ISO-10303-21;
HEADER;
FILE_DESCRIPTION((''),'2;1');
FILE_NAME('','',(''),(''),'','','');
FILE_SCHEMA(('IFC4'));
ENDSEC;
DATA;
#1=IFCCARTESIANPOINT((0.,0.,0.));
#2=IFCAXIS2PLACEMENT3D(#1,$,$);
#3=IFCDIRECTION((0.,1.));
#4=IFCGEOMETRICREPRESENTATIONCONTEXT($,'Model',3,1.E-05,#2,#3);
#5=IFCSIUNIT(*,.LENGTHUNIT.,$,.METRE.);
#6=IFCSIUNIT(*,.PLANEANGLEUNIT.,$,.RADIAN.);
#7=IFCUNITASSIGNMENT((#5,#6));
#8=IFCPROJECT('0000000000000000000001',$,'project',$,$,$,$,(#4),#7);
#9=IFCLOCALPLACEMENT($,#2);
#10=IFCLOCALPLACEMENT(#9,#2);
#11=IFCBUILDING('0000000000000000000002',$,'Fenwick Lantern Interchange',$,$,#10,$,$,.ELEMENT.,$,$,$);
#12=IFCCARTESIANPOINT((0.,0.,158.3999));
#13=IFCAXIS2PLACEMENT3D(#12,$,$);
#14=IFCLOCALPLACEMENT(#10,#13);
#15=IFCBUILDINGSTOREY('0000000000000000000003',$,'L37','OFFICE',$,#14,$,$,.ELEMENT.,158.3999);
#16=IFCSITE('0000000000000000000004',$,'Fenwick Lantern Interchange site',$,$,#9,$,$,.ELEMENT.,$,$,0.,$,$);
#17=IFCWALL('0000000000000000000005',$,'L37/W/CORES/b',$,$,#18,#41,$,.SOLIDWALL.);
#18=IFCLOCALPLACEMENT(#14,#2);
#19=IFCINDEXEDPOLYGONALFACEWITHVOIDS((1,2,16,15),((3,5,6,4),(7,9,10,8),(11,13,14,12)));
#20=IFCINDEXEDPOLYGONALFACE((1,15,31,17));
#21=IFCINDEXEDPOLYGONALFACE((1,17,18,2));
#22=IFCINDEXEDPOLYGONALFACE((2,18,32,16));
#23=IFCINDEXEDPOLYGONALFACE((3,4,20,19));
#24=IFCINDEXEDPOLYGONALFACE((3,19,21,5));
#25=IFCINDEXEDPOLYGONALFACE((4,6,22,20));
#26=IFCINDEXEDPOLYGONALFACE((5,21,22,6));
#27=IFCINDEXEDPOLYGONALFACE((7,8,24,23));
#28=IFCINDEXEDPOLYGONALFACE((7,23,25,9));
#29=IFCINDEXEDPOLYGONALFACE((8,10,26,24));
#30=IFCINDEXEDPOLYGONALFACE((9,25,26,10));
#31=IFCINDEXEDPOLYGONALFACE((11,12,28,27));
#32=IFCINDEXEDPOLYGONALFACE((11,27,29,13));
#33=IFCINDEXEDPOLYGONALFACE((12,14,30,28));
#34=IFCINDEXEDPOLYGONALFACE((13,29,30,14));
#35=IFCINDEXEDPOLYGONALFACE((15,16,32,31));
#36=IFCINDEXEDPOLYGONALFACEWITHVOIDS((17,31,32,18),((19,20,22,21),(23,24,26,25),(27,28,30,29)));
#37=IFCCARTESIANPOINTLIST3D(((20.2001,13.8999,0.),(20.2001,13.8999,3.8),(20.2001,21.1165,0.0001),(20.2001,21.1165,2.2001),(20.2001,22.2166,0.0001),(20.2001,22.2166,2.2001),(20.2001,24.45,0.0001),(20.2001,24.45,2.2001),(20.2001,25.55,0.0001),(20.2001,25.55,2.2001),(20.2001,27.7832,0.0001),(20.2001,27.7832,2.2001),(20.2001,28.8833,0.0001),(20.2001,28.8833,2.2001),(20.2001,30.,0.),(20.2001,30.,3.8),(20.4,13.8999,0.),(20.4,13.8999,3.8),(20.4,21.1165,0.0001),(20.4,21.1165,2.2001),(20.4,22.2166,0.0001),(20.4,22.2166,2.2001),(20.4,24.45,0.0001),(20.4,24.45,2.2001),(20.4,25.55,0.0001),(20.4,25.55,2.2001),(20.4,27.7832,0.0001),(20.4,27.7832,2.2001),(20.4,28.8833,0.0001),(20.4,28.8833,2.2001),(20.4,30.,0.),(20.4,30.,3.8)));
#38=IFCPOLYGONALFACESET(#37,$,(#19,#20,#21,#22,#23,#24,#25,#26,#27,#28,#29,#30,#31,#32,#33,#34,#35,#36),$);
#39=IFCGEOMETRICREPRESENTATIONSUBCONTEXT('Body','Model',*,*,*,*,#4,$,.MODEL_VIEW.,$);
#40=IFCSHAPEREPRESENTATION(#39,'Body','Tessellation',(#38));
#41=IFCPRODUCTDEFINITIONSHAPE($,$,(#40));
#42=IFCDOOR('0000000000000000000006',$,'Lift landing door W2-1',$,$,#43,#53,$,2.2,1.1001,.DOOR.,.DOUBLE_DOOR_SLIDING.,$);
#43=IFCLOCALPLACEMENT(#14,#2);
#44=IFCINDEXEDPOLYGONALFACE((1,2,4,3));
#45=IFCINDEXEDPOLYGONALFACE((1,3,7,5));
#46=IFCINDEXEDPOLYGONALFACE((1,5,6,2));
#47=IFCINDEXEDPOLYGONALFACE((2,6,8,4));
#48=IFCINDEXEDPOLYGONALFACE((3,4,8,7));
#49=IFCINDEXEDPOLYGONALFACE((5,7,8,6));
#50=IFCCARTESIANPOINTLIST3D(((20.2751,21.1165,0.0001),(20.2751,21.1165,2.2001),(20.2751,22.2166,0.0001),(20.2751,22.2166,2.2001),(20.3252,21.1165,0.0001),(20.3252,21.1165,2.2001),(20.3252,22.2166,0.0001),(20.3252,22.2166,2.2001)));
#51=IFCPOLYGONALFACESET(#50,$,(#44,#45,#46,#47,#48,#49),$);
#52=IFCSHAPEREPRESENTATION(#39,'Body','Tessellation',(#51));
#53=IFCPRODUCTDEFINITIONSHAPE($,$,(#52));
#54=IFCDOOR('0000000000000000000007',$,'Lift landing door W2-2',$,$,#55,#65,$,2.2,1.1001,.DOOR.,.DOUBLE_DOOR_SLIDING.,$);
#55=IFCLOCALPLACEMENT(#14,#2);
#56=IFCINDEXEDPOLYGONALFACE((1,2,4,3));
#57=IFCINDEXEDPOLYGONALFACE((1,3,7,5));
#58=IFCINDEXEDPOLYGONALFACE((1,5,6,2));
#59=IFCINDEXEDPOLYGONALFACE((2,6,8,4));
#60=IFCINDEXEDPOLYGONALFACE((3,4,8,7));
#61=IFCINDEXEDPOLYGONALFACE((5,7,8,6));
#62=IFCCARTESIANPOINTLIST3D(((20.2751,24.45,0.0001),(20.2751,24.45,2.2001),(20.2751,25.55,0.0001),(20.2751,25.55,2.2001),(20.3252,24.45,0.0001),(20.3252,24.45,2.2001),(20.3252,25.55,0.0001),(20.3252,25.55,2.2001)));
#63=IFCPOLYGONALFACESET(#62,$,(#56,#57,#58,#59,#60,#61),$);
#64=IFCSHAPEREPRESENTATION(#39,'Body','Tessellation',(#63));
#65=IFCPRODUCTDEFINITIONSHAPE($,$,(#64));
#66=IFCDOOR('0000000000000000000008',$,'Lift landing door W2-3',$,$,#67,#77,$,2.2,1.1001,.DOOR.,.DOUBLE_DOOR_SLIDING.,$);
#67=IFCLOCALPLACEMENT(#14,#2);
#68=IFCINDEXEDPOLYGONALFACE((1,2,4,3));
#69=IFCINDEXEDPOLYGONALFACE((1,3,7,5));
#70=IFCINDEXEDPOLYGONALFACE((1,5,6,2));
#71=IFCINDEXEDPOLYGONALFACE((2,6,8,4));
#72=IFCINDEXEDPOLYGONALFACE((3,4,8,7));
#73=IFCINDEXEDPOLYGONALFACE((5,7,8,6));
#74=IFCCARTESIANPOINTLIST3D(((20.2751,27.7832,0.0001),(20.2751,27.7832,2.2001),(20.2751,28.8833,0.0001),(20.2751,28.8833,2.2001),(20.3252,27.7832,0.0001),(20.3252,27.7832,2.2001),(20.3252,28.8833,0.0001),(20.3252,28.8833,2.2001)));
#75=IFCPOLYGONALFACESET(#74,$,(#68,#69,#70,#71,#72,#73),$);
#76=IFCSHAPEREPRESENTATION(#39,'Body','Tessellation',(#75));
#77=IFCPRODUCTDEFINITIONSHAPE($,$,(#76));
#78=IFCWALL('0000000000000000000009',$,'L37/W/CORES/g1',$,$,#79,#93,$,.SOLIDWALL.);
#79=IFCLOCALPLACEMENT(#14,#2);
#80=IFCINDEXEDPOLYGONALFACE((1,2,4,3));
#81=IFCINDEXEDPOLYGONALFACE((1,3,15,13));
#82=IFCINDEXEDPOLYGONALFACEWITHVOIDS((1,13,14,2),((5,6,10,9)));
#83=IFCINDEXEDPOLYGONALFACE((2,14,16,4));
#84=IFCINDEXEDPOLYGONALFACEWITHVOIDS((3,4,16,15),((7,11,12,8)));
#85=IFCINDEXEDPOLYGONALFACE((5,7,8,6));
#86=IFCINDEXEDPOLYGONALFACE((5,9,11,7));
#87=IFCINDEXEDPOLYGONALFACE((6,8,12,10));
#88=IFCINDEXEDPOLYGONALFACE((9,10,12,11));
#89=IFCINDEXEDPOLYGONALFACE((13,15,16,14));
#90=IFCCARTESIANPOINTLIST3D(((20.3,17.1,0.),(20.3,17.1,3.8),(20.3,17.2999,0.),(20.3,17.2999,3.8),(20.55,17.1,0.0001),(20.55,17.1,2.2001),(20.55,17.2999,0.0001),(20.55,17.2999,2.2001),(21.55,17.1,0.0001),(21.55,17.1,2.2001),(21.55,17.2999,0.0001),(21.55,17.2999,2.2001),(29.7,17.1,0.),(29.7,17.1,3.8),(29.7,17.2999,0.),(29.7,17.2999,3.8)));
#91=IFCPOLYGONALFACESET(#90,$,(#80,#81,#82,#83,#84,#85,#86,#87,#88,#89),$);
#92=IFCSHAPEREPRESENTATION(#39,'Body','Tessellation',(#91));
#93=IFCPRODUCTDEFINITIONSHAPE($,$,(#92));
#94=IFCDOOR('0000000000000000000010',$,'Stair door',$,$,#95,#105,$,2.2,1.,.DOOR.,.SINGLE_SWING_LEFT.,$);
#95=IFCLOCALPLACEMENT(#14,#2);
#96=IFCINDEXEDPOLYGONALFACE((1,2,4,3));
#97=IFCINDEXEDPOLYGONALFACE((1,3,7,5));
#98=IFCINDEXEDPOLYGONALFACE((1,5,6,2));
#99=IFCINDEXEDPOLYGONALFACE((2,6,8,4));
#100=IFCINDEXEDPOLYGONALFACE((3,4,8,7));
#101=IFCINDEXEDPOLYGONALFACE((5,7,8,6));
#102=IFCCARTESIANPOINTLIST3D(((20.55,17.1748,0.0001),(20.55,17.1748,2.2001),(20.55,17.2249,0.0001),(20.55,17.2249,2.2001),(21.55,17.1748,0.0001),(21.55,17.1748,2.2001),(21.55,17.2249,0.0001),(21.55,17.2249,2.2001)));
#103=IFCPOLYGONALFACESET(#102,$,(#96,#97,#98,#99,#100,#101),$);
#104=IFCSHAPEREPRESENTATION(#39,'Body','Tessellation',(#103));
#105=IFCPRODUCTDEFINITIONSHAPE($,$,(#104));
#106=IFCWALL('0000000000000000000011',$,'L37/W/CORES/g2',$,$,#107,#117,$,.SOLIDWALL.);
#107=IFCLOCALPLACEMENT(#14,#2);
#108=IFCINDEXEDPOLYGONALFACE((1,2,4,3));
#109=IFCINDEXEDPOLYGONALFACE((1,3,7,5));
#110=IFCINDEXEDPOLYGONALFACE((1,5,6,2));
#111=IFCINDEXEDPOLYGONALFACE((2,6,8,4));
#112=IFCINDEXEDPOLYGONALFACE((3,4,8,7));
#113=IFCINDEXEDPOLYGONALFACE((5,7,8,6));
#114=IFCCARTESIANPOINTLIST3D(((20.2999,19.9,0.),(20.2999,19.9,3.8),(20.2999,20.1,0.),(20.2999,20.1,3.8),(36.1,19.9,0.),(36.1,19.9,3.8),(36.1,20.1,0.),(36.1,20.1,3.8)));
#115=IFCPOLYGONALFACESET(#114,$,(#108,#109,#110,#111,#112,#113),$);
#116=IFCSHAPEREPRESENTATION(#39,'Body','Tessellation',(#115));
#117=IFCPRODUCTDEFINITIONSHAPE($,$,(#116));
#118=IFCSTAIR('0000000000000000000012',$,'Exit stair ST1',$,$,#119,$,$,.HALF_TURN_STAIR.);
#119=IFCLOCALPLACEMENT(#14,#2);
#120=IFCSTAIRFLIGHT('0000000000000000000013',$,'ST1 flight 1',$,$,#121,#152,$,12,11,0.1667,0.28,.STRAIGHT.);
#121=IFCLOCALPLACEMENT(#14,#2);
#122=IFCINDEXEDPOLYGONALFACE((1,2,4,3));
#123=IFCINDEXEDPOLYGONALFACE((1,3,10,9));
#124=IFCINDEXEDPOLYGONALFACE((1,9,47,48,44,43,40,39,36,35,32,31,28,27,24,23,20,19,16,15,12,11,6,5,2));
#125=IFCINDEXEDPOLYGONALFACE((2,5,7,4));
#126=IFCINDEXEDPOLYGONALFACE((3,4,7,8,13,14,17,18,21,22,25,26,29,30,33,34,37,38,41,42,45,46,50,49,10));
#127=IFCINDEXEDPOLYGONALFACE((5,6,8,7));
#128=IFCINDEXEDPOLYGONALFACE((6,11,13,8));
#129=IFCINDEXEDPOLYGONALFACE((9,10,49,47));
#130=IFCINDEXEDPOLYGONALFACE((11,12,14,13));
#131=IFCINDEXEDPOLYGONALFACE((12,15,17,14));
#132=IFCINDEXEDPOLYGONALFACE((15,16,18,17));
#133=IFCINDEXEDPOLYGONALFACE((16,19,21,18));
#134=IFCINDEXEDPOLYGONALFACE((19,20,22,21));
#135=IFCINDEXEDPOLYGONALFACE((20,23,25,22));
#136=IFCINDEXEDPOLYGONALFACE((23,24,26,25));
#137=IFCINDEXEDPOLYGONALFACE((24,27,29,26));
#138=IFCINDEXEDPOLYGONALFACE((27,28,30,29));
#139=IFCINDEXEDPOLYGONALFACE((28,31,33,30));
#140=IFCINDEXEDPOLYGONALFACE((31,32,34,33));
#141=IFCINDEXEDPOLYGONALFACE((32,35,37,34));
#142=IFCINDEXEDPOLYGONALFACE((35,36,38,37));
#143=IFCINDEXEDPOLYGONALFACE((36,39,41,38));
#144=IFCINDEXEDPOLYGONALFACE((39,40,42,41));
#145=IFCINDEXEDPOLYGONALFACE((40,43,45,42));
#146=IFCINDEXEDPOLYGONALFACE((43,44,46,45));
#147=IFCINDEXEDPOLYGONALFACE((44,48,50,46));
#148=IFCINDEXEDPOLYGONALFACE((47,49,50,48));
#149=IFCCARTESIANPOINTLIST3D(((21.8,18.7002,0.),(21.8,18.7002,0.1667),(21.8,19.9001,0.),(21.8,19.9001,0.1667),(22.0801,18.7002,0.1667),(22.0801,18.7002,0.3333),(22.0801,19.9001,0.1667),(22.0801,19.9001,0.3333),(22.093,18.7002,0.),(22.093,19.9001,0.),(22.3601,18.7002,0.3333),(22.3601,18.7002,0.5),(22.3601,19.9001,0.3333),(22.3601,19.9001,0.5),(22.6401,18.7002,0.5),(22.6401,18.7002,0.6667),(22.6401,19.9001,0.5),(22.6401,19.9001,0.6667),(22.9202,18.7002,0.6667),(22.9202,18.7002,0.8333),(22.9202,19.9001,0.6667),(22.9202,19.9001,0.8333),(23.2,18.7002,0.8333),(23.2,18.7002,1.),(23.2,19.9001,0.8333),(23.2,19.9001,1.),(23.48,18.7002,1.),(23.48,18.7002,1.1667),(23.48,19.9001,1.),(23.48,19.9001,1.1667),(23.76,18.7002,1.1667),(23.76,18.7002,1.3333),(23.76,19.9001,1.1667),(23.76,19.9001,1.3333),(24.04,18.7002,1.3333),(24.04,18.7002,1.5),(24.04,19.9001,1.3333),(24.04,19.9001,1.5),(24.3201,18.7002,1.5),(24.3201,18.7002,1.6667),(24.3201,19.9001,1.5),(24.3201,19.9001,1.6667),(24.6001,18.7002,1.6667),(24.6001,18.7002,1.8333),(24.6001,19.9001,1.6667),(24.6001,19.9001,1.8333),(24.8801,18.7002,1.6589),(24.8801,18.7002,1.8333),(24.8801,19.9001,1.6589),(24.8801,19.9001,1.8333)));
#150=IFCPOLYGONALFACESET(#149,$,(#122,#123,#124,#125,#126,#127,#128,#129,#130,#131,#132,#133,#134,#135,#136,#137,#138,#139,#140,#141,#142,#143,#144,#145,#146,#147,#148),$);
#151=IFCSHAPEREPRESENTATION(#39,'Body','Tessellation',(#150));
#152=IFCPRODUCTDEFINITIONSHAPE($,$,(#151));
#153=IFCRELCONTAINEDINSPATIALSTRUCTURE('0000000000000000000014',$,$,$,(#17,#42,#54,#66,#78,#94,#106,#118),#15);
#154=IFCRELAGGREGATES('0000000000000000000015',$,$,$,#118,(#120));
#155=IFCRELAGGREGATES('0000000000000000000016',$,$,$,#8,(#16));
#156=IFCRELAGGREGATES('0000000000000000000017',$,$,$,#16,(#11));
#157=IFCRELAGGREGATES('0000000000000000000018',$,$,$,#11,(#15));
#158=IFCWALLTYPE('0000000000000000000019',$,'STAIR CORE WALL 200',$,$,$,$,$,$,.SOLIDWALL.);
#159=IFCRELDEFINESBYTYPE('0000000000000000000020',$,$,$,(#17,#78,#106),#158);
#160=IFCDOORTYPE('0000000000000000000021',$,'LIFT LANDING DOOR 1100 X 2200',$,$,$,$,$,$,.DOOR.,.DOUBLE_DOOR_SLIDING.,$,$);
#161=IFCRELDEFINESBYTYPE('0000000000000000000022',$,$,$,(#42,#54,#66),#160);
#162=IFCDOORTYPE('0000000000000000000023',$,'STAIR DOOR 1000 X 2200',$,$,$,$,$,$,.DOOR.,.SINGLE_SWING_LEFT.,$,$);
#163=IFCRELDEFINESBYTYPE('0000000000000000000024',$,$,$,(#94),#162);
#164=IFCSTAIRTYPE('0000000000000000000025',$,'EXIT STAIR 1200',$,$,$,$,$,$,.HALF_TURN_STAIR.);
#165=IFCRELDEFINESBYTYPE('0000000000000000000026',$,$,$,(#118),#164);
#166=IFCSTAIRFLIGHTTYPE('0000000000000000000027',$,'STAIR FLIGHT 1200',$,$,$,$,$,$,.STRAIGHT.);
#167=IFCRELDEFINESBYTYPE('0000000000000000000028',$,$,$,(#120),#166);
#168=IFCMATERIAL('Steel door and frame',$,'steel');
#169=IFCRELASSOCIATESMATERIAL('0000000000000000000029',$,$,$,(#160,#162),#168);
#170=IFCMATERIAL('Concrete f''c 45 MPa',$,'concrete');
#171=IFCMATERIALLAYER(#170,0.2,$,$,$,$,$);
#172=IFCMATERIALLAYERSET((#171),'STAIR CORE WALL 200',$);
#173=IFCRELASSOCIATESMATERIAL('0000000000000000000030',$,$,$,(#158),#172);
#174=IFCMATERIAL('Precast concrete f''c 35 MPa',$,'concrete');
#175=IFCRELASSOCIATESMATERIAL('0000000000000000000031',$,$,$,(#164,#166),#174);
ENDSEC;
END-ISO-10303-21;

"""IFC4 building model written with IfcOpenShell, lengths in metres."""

from ifc_helpers import new_model, si_unit, direction, frame, frame_2d, origin, place, context, subcontext, project, spatial, polyline, rectangle, outline, extrude, material, layer, layer_set, type_object, element, fill, aggregate, save


model = new_model("IFC4")

# Units and contexts
model_context = context("Model", 3, precision=1e-05, world=origin(), true_north=direction((0.0, 1.0)))
body_context = subcontext(model_context, "Body", "Model", "MODEL_VIEW")
ifc_project = project(units=[si_unit("LENGTHUNIT", "METRE"), si_unit("PLANEANGLEUNIT", "RADIAN")], contexts=[model_context])

# Site, building, storey
site_placement = place(None, origin())
site = spatial("IfcSite", under=ifc_project, at=site_placement, Name="Fenwick Lantern Interchange site", CompositionType="ELEMENT", RefElevation=0.0)
building_placement = place(site_placement, origin())
building = spatial("IfcBuilding", under=site, at=building_placement, Name="Fenwick Lantern Interchange", CompositionType="ELEMENT")
storey_placement = place(building_placement, frame((0.0, 0.0, 158.3999)))
storey = spatial("IfcBuildingStorey", under=building, at=storey_placement, Name="L37", Description="OFFICE", CompositionType="ELEMENT", Elevation=158.3999)

# Shared definitions
ifc_material_1 = material(Name="Steel door and frame", Category="steel")

# Shared definitions
door_type_1 = type_object("IfcDoorType", Name="LIFT LANDING DOOR 1100 X 2200", OperationType="DOUBLE_DOOR_SLIDING", PredefinedType="DOOR", material=ifc_material_1)

# Wall, openings, doors
ifc_material_2 = material(Name="Concrete f'c 45 MPa", Category="concrete")
ifc_layer_1 = layer(ifc_material_2, 0.2)
ifc_layer_set_1 = layer_set([ifc_layer_1], Name="STAIR CORE WALL 200")
wall_type_1 = type_object("IfcWallType", Name="STAIR CORE WALL 200", PredefinedType="SOLIDWALL", material=ifc_layer_set_1)
wall_1_placement = place(storey_placement, frame((20.3, 13.8999, 0.0), z_axis=(0.0, 0.0, 1.0), x_axis=(0.0, 1.0, 0.0)))
wall_1 = element("IfcWall", 1, at=wall_1_placement, inside=storey, type_object=wall_type_1, Name="L37/W/CORES/b", PredefinedType="SOLIDWALL", context=body_context, shape_type="SweptSolid", body=[
    extrude(rectangle(XDim=16.1001, YDim=0.2, at=frame_2d((8.05, 0.0))), origin(), (0.0, 0.0, 1.0), 3.8),
])
opening_1_placement = place(wall_1_placement, frame((7.2166, 0.0, 0.0)))
opening_1 = element("IfcOpeningElement", 2, at=opening_1_placement, cuts=wall_1, PredefinedType="OPENING", context=body_context, shape_type="SweptSolid", body=[
    extrude(rectangle(XDim=1.1001, YDim=2.2, at=frame_2d((0.55, 1.1001))), frame((0.0, 0.1099, 0.0), z_axis=(0.0, -1.0, 0.0), x_axis=(1.0, 0.0, 0.0)), (0.0, 0.0, 1.0), 0.22),
])
opening_2_placement = place(wall_1_placement, frame((10.55, 0.0, 0.0)))
opening_2 = element("IfcOpeningElement", 3, at=opening_2_placement, cuts=wall_1, PredefinedType="OPENING", context=body_context, shape_type="SweptSolid", body=[
    extrude(rectangle(XDim=1.1001, YDim=2.2, at=frame_2d((0.55, 1.1001))), frame((0.0, 0.1099, 0.0), z_axis=(0.0, -1.0, 0.0), x_axis=(1.0, 0.0, 0.0)), (0.0, 0.0, 1.0), 0.22),
])
opening_3_placement = place(wall_1_placement, frame((13.8833, 0.0, 0.0)))
opening_3 = element("IfcOpeningElement", 4, at=opening_3_placement, cuts=wall_1, PredefinedType="OPENING", context=body_context, shape_type="SweptSolid", body=[
    extrude(rectangle(XDim=1.1001, YDim=2.2, at=frame_2d((0.55, 1.1001))), frame((0.0, 0.1099, 0.0), z_axis=(0.0, -1.0, 0.0), x_axis=(1.0, 0.0, 0.0)), (0.0, 0.0, 1.0), 0.22),
])
door_1_placement = place(opening_1_placement, origin())
door_1 = element("IfcDoor", 5, at=door_1_placement, inside=storey, type_object=door_type_1, Name="Lift landing door W2-1", OperationType="DOUBLE_DOOR_SLIDING", OverallHeight=2.2, OverallWidth=1.1001, PredefinedType="DOOR", context=body_context, shape_type="SweptSolid", body=[
    extrude(rectangle(XDim=1.1001, YDim=2.2, at=frame_2d((0.55, 1.1001))), frame((0.0, 0.0249, 0.0), z_axis=(0.0, -1.0, 0.0), x_axis=(1.0, 0.0, 0.0)), (0.0, 0.0, 1.0), 0.05),
])
fill(opening_1, door_1)
door_2_placement = place(opening_2_placement, origin())
door_2 = element("IfcDoor", 6, at=door_2_placement, inside=storey, type_object=door_type_1, Name="Lift landing door W2-2", OperationType="DOUBLE_DOOR_SLIDING", OverallHeight=2.2, OverallWidth=1.1001, PredefinedType="DOOR", context=body_context, shape_type="SweptSolid", body=[
    extrude(rectangle(XDim=1.1001, YDim=2.2, at=frame_2d((0.55, 1.1001))), frame((0.0, 0.0249, 0.0), z_axis=(0.0, -1.0, 0.0), x_axis=(1.0, 0.0, 0.0)), (0.0, 0.0, 1.0), 0.05),
])
fill(opening_2, door_2)
door_3_placement = place(opening_3_placement, origin())
door_3 = element("IfcDoor", 7, at=door_3_placement, inside=storey, type_object=door_type_1, Name="Lift landing door W2-3", OperationType="DOUBLE_DOOR_SLIDING", OverallHeight=2.2, OverallWidth=1.1001, PredefinedType="DOOR", context=body_context, shape_type="SweptSolid", body=[
    extrude(rectangle(XDim=1.1001, YDim=2.2, at=frame_2d((0.55, 1.1001))), frame((0.0, 0.0249, 0.0), z_axis=(0.0, -1.0, 0.0), x_axis=(1.0, 0.0, 0.0)), (0.0, 0.0, 1.0), 0.05),
])
fill(opening_3, door_3)

# Wall, opening, door
wall_2_placement = place(storey_placement, frame((20.3, 17.2, 0.0), z_axis=(0.0, 0.0, 1.0), x_axis=(1.0, 0.0, 0.0)))
wall_2 = element("IfcWall", 8, at=wall_2_placement, inside=storey, type_object=wall_type_1, Name="L37/W/CORES/g1", PredefinedType="SOLIDWALL", context=body_context, shape_type="SweptSolid", body=[
    extrude(rectangle(XDim=9.3999, YDim=0.2, at=frame_2d((4.7, 0.0))), origin(), (0.0, 0.0, 1.0), 3.8),
])
opening_4_placement = place(wall_2_placement, frame((0.25, 0.0, 0.0)))
opening_4 = element("IfcOpeningElement", 9, at=opening_4_placement, cuts=wall_2, PredefinedType="OPENING", context=body_context, shape_type="SweptSolid", body=[
    extrude(rectangle(XDim=1.0, YDim=2.2, at=frame_2d((0.5, 1.1001))), frame((0.0, 0.1099, 0.0), z_axis=(0.0, -1.0, 0.0), x_axis=(1.0, 0.0, 0.0)), (0.0, 0.0, 1.0), 0.22),
])
door_type_2 = type_object("IfcDoorType", Name="STAIR DOOR 1000 X 2200", OperationType="SINGLE_SWING_LEFT", PredefinedType="DOOR", material=ifc_material_1)
door_4_placement = place(opening_4_placement, origin())
door_4 = element("IfcDoor", 10, at=door_4_placement, inside=storey, type_object=door_type_2, Name="Stair door", OperationType="SINGLE_SWING_LEFT", OverallHeight=2.2, OverallWidth=1.0, PredefinedType="DOOR", context=body_context, shape_type="SweptSolid", body=[
    extrude(rectangle(XDim=1.0, YDim=2.2, at=frame_2d((0.5, 1.1001))), frame((0.0, 0.0249, 0.0), z_axis=(0.0, -1.0, 0.0), x_axis=(1.0, 0.0, 0.0)), (0.0, 0.0, 1.0), 0.05),
])
fill(opening_4, door_4)

# Wall
wall_3_placement = place(storey_placement, frame((20.3, 20.0, 0.0), z_axis=(0.0, 0.0, 1.0), x_axis=(1.0, 0.0, 0.0)))
element("IfcWall", 11, at=wall_3_placement, inside=storey, type_object=wall_type_1, Name="L37/W/CORES/g2", PredefinedType="SOLIDWALL", context=body_context, shape_type="SweptSolid", body=[
    extrude(rectangle(XDim=15.8, YDim=0.2, at=frame_2d((7.8999, 0.0))), origin(), (0.0, 0.0, 1.0), 3.8),
])

# Stair, stair flight
ifc_material_3 = material(Name="Precast concrete f'c 35 MPa", Category="concrete")
stair_type = type_object("IfcStairType", Name="EXIT STAIR 1200", PredefinedType="HALF_TURN_STAIR", material=ifc_material_3)
stair_placement = place(storey_placement, origin())
stair = element("IfcStair", 12, at=stair_placement, inside=storey, type_object=stair_type, Name="Exit stair ST1", PredefinedType="HALF_TURN_STAIR")
stair_flight_type = type_object("IfcStairFlightType", Name="STAIR FLIGHT 1200", PredefinedType="STRAIGHT", material=ifc_material_3)
stair_flight_1_placement = place(storey_placement, frame((21.8, 19.3, 0.0), z_axis=(0.0, 0.0, 1.0), x_axis=(1.0, 0.0, 0.0)))
stair_flight_1 = element("IfcStairFlight", 13, at=stair_flight_1_placement, type_object=stair_flight_type, Name="ST1 flight 1", NumberOfRisers=12, NumberOfTreads=11, PredefinedType="STRAIGHT", RiserHeight=0.1667, TreadLength=0.28, context=body_context, shape_type="SweptSolid", body=[
    extrude(outline(polyline([(0.0, 0.0), (0.0, 0.1667), (0.28, 0.1667), (0.28, 0.3333), (0.5601, 0.3333), (0.5601, 0.5), (0.8401, 0.5), (0.8401, 0.6667), (1.1201, 0.6667), (1.1201, 0.8333), (1.3999, 0.8333), (1.3999, 1.0), (1.6799, 1.0), (1.6799, 1.1667), (1.96, 1.1667), (1.96, 1.3333), (2.24, 1.3333), (2.24, 1.5), (2.52, 1.5), (2.52, 1.6667), (2.8, 1.6667), (2.8, 1.8333), (3.0801, 1.8333), (3.0801, 2.0), (3.0801, 1.6589), (0.293, 0.0), (0.0, 0.0)])), frame((0.0, 0.6001, 0.0), z_axis=(0.0, -1.0, 0.0), x_axis=(1.0, 0.0, 0.0)), (0.0, 0.0, 1.0), 1.2),
])
aggregate(stair, [stair_flight_1])

save(model, "model.ifc")
